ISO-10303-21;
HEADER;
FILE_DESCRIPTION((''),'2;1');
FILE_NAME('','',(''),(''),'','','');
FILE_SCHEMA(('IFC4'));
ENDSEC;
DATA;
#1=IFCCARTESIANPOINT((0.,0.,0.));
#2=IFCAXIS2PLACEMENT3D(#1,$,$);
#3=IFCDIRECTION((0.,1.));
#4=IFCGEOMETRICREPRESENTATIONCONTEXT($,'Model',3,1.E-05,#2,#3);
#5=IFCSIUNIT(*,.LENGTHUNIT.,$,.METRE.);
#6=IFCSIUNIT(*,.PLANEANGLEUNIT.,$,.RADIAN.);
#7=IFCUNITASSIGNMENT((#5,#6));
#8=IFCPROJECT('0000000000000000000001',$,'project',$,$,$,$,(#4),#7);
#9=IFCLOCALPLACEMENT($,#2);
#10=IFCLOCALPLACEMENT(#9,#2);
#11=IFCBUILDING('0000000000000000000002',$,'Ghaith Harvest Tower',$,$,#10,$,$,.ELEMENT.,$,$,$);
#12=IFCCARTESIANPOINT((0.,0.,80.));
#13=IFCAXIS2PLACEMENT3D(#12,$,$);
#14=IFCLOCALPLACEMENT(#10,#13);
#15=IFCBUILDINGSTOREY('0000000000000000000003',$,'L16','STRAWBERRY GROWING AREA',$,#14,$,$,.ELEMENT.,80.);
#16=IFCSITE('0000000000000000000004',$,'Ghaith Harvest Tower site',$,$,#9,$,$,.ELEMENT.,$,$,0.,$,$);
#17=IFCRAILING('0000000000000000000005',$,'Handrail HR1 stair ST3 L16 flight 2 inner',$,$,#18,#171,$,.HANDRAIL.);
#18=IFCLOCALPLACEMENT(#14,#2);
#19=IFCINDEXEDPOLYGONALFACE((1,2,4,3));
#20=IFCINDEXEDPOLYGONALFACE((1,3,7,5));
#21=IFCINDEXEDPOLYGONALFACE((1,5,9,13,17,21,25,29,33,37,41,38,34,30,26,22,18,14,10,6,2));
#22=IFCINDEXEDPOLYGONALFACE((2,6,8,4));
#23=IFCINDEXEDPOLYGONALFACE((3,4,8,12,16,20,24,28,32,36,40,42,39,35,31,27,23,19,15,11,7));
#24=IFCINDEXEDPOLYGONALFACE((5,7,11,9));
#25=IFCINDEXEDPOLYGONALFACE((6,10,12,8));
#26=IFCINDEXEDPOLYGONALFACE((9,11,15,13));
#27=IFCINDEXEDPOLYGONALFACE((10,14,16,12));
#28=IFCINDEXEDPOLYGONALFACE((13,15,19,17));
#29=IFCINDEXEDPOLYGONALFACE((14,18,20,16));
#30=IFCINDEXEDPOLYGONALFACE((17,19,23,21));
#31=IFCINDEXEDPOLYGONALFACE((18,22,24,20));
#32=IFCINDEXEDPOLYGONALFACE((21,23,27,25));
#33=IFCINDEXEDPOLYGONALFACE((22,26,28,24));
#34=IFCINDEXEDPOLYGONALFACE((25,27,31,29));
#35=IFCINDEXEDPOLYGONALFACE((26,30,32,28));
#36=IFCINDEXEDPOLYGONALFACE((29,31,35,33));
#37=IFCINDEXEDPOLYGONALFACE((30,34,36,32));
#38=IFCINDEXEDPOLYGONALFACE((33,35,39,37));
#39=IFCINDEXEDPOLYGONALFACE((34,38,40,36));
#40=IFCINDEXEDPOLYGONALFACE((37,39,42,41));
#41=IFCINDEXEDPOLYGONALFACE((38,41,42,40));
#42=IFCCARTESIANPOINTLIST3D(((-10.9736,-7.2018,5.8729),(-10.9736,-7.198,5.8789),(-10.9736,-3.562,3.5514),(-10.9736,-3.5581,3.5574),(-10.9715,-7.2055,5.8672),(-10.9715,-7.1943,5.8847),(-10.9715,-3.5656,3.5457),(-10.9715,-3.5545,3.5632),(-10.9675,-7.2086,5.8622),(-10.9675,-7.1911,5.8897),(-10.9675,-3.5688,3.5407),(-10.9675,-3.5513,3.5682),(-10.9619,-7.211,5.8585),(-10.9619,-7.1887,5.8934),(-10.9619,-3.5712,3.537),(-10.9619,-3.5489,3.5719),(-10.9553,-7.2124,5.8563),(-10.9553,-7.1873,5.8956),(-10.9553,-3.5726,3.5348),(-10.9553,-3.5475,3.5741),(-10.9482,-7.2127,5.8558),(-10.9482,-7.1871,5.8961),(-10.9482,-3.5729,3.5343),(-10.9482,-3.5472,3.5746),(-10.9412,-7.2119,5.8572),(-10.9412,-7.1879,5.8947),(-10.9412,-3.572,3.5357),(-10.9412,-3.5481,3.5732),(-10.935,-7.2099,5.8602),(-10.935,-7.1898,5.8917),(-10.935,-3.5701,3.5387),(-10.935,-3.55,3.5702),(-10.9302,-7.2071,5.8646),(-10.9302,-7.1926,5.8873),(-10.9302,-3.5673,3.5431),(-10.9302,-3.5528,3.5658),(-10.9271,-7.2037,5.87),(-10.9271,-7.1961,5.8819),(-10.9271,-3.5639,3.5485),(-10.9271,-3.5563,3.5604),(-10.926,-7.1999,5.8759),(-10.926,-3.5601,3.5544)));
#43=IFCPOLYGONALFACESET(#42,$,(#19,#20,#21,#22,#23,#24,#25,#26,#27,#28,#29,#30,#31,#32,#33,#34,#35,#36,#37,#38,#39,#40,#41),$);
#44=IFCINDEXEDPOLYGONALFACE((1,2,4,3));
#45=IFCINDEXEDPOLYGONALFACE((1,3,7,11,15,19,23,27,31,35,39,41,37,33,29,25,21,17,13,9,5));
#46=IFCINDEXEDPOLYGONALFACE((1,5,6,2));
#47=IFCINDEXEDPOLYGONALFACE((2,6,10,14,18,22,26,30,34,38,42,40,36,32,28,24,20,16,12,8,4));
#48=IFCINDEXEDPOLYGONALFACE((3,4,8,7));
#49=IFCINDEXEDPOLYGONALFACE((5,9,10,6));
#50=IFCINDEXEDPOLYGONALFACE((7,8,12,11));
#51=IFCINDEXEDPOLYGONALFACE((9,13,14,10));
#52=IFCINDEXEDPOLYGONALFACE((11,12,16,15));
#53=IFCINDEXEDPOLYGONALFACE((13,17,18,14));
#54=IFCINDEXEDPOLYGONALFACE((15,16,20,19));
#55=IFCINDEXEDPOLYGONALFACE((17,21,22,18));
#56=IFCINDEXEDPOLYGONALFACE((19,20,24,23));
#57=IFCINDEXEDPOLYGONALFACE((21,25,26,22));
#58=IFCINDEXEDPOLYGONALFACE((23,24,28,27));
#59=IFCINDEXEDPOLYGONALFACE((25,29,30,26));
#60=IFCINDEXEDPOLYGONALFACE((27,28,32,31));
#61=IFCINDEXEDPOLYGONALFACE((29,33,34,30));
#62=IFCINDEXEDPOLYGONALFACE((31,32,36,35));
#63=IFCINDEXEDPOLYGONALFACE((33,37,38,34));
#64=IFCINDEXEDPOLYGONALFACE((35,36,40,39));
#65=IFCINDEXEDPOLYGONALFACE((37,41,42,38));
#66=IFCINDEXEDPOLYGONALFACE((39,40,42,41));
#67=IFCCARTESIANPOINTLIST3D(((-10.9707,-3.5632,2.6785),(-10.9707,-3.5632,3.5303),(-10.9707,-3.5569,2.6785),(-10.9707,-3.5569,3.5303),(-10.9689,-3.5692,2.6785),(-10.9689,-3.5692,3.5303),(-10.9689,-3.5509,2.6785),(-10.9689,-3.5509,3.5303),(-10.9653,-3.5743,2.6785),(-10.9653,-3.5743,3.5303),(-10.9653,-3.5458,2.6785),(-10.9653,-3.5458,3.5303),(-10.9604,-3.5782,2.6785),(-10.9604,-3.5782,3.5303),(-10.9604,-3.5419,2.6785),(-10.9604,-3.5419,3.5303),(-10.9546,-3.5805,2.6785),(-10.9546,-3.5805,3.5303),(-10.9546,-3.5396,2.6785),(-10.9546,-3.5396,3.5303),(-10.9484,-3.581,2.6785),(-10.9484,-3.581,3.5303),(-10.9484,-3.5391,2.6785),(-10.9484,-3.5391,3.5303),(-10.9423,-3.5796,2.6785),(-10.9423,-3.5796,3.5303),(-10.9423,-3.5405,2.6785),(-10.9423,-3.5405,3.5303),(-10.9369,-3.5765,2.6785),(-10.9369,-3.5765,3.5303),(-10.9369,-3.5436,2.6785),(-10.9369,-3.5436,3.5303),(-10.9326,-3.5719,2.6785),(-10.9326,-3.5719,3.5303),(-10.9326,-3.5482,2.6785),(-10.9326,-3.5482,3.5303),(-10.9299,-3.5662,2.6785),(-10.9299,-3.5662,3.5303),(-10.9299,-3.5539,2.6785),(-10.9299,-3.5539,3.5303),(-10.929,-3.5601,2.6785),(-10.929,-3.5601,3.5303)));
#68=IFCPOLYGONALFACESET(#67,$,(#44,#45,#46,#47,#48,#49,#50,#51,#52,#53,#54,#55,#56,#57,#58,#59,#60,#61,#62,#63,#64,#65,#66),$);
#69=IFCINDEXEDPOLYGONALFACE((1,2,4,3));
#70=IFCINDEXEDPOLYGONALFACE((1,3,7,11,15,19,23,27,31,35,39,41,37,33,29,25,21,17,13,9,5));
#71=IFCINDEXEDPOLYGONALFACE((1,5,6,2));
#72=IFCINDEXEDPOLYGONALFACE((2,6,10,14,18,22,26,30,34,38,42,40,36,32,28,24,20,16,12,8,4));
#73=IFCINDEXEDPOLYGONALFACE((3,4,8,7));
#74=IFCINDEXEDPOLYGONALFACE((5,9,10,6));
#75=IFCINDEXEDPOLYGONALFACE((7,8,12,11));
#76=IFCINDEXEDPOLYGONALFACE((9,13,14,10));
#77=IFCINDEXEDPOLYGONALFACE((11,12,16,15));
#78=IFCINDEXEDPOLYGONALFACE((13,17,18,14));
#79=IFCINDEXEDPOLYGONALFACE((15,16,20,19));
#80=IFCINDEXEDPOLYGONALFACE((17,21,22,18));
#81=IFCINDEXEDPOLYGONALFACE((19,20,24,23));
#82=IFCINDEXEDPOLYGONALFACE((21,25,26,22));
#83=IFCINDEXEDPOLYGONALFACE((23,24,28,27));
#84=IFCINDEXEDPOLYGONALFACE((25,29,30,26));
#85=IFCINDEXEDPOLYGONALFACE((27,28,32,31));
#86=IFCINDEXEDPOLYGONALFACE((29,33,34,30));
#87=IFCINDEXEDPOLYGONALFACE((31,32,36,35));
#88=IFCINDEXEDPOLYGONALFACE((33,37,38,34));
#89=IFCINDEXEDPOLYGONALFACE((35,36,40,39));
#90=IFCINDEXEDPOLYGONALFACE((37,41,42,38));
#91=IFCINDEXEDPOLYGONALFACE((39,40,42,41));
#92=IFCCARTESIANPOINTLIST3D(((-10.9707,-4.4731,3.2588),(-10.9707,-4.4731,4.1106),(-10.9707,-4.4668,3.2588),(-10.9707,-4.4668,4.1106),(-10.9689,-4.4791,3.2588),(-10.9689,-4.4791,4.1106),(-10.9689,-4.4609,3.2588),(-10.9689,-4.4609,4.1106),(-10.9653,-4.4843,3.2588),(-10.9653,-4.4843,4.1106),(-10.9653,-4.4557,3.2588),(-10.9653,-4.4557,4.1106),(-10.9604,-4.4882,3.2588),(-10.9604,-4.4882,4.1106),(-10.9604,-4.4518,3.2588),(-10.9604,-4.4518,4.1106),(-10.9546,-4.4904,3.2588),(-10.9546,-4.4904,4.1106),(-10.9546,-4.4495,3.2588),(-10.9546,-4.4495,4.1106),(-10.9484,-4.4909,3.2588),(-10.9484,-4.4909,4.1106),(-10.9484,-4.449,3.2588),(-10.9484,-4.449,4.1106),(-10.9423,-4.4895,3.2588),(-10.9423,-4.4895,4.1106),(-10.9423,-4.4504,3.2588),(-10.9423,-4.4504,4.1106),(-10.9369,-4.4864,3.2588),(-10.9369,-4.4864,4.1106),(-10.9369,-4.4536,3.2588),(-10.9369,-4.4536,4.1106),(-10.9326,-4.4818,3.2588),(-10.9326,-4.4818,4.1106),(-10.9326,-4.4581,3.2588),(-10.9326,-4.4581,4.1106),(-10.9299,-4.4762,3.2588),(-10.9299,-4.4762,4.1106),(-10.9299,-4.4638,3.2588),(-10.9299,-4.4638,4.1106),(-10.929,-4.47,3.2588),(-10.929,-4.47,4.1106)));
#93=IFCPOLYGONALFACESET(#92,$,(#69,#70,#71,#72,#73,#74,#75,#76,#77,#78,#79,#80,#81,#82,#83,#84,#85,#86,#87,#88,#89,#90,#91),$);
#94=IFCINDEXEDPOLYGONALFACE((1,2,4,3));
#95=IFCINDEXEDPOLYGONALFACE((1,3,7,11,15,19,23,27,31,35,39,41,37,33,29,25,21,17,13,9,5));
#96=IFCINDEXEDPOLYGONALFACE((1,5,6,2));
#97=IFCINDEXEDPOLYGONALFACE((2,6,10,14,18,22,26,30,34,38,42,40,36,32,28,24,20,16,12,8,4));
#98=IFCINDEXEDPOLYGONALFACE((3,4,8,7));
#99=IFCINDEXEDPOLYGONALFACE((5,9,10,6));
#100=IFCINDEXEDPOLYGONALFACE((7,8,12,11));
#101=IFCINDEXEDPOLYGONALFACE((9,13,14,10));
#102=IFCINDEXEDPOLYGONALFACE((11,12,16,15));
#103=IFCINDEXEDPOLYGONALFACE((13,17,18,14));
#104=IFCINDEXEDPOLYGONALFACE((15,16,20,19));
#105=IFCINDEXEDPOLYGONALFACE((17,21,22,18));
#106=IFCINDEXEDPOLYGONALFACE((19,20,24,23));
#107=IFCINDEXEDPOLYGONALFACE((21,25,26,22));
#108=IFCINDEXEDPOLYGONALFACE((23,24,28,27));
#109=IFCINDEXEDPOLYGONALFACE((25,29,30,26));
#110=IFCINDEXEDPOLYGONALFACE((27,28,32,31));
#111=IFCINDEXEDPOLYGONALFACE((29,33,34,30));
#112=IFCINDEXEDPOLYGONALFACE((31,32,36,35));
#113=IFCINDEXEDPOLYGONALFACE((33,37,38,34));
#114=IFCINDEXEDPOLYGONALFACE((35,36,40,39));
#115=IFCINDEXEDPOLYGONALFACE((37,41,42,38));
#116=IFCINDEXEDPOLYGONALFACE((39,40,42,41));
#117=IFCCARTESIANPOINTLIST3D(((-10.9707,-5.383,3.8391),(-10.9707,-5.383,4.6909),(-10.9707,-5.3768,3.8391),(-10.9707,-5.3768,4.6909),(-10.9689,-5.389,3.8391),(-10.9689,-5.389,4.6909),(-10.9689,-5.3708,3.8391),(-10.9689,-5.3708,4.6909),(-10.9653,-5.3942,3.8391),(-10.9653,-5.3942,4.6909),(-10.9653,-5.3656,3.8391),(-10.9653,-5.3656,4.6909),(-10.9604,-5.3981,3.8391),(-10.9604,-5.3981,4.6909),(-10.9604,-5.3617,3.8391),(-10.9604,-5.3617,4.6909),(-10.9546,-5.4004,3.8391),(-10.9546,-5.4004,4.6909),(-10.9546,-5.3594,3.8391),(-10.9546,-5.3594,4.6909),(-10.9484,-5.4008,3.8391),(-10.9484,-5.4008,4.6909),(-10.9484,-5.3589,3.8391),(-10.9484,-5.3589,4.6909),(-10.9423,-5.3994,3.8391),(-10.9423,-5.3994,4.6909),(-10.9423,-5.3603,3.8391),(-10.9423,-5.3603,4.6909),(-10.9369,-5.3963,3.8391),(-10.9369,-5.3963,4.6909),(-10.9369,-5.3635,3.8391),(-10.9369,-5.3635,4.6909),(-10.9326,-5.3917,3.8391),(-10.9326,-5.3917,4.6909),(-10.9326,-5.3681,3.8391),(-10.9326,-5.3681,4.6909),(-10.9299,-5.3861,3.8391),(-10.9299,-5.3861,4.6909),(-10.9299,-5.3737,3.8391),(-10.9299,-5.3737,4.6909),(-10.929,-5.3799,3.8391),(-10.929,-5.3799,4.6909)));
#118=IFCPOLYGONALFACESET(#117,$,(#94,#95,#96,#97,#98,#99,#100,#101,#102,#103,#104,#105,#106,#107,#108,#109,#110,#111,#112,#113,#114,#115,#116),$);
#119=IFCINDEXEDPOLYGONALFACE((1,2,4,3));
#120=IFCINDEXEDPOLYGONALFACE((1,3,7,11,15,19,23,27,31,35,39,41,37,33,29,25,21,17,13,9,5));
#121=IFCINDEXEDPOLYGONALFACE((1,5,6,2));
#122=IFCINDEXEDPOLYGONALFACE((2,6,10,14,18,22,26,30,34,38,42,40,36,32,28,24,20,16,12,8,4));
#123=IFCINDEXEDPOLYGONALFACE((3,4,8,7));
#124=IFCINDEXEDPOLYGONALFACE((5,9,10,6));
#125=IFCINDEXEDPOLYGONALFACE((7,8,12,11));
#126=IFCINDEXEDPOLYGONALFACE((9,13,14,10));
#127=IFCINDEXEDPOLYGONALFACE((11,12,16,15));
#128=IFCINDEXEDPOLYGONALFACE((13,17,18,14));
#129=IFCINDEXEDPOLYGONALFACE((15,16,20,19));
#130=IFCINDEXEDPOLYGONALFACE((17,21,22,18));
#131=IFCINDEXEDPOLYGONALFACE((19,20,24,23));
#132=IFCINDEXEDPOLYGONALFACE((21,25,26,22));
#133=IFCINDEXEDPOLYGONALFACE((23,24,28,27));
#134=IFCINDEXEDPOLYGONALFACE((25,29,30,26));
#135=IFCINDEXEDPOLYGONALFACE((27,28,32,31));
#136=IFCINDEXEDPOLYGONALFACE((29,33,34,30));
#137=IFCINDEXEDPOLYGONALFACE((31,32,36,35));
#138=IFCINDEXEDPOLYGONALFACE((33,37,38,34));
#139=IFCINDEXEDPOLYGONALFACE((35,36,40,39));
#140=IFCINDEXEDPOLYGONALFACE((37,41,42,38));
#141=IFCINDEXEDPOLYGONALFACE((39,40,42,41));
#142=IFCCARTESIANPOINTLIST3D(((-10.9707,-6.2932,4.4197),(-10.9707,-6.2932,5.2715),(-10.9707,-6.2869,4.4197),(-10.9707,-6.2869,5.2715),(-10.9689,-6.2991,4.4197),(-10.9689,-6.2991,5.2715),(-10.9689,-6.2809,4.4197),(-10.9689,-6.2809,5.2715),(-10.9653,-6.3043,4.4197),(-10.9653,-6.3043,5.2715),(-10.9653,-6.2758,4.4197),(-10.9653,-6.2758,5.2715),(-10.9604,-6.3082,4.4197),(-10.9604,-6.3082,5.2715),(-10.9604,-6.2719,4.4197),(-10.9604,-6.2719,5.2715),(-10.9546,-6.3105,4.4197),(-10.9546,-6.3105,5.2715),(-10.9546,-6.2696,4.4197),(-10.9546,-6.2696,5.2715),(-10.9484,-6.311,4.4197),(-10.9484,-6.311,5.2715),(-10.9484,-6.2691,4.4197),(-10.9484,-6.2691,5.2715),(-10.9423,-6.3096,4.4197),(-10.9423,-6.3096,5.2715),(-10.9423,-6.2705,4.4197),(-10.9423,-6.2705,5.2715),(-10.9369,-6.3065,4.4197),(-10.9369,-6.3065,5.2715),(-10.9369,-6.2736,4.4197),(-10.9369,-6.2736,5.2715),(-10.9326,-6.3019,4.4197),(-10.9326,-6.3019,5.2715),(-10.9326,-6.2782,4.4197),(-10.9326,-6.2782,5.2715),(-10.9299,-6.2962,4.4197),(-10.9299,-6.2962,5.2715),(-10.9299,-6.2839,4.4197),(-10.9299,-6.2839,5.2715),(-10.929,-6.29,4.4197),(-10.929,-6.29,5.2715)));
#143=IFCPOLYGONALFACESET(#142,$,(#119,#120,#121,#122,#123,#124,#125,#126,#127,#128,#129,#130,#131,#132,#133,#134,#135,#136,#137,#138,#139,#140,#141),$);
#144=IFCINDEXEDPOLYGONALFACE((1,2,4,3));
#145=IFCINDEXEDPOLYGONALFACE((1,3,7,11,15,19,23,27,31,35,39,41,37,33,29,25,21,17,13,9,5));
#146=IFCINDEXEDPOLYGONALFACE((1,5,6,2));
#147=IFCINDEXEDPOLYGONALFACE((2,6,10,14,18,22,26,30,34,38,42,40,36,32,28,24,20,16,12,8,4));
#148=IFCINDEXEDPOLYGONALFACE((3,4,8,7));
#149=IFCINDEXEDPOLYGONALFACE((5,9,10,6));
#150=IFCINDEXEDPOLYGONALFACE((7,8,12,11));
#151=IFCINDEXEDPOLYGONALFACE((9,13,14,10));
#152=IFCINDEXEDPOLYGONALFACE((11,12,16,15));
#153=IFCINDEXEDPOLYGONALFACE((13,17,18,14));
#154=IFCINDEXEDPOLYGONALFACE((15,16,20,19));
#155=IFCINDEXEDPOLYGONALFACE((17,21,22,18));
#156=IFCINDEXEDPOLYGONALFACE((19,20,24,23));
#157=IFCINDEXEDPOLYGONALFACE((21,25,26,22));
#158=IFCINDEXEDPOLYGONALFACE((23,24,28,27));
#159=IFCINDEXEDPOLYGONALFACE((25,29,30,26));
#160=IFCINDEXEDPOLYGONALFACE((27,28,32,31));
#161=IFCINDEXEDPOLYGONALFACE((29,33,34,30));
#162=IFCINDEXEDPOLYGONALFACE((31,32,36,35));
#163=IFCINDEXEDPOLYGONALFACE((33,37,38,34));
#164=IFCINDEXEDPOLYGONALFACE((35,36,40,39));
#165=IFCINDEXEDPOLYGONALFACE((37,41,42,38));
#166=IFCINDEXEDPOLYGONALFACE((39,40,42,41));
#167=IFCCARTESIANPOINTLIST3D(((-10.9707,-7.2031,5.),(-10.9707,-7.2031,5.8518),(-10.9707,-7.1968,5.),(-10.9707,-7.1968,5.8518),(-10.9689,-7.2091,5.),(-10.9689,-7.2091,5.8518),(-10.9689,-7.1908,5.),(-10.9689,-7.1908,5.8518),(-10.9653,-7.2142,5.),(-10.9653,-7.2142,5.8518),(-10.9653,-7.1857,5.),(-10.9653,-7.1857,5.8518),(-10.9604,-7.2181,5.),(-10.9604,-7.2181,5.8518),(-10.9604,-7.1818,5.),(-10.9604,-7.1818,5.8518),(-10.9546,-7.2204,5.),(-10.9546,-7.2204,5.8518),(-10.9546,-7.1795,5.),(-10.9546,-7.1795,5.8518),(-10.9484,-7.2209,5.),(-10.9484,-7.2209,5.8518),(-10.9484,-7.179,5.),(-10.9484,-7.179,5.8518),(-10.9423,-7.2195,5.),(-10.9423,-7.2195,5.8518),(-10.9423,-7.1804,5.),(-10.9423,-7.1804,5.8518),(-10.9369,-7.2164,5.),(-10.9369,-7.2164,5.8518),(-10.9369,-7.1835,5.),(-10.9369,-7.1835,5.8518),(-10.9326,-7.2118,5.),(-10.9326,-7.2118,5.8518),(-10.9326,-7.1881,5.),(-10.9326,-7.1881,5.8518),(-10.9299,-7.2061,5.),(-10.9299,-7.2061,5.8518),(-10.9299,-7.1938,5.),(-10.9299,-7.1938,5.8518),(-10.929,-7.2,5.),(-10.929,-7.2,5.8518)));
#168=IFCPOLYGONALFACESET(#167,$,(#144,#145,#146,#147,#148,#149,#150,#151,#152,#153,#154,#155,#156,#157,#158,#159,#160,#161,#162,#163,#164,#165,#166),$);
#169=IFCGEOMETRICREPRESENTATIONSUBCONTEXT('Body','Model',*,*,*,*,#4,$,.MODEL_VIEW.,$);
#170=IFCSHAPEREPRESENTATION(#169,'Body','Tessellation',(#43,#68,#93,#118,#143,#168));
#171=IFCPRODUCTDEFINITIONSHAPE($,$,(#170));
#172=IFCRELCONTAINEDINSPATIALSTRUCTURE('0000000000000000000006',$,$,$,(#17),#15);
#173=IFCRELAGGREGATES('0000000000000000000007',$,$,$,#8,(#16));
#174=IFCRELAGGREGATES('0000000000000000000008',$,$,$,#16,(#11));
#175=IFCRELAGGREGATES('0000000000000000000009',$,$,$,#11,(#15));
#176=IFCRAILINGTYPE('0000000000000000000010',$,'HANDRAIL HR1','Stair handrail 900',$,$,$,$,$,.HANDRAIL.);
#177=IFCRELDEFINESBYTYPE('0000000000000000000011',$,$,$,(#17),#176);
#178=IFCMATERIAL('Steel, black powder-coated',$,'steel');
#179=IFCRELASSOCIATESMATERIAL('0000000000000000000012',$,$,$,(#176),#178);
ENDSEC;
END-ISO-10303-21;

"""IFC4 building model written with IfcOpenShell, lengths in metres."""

from ifc_helpers import new_model, si_unit, direction, frame, origin, origin_2d, place, context, subcontext, project, spatial, circle, extrude, material, type_object, element, save


model = new_model("IFC4")

# Units and contexts
model_context = context("Model", 3, precision=1e-05, world=origin(), true_north=direction((0.0, 1.0)))
body_context = subcontext(model_context, "Body", "Model", "MODEL_VIEW")
ifc_project = project(units=[si_unit("LENGTHUNIT", "METRE"), si_unit("PLANEANGLEUNIT", "RADIAN")], contexts=[model_context])

# Site, building, storey
site_placement = place(None, origin())
site = spatial("IfcSite", under=ifc_project, at=site_placement, Name="Ghaith Harvest Tower site", CompositionType="ELEMENT", RefElevation=0.0)
building_placement = place(site_placement, origin())
building = spatial("IfcBuilding", under=site, at=building_placement, Name="Ghaith Harvest Tower", CompositionType="ELEMENT")
storey_placement = place(building_placement, frame((0.0, 0.0, 80.0)))
storey = spatial("IfcBuildingStorey", under=building, at=storey_placement, Name="L16", Description="STRAWBERRY GROWING AREA", CompositionType="ELEMENT", Elevation=80.0)

# Railing
ifc_material_1 = material(Name="Steel, black powder-coated", Category="steel")
railing_type = type_object("IfcRailingType", Name="HANDRAIL HR1", Description="Stair handrail 900", PredefinedType="HANDRAIL", material=ifc_material_1)
railing_1_placement = place(storey_placement, frame((-10.95, -3.5601, 2.6785)))
element("IfcRailing", 1, at=railing_1_placement, inside=storey, type_object=railing_type, Name="Handrail HR1 stair ST3 L16 flight 2 inner", PredefinedType="HANDRAIL", context=body_context, shape_type="SweptSolid", body=[
    extrude(circle(Radius=0.0239, at=origin_2d()), frame((0.0, 0.0, 0.876), z_axis=(0.0, -0.843112, 0.537739), x_axis=(1.0, 0.0, 0.0)), (0.0, 0.0, 1.0), 4.3171),
    extrude(circle(Radius=0.021, at=origin_2d()), origin(), (0.0, 0.0, 1.0), 0.8518),
    extrude(circle(Radius=0.021, at=origin_2d()), frame((0.0, -0.9099, 0.5803)), (0.0, 0.0, 1.0), 0.8518),
    extrude(circle(Radius=0.021, at=origin_2d()), frame((0.0, -1.8198, 1.1606)), (0.0, 0.0, 1.0), 0.8518),
    extrude(circle(Radius=0.021, at=origin_2d()), frame((0.0, -2.73, 1.7412)), (0.0, 0.0, 1.0), 0.8518),
    extrude(circle(Radius=0.021, at=origin_2d()), frame((0.0, -3.6399, 2.3215)), (0.0, 0.0, 1.0), 0.8518),
])

save(model, "model.ifc")
